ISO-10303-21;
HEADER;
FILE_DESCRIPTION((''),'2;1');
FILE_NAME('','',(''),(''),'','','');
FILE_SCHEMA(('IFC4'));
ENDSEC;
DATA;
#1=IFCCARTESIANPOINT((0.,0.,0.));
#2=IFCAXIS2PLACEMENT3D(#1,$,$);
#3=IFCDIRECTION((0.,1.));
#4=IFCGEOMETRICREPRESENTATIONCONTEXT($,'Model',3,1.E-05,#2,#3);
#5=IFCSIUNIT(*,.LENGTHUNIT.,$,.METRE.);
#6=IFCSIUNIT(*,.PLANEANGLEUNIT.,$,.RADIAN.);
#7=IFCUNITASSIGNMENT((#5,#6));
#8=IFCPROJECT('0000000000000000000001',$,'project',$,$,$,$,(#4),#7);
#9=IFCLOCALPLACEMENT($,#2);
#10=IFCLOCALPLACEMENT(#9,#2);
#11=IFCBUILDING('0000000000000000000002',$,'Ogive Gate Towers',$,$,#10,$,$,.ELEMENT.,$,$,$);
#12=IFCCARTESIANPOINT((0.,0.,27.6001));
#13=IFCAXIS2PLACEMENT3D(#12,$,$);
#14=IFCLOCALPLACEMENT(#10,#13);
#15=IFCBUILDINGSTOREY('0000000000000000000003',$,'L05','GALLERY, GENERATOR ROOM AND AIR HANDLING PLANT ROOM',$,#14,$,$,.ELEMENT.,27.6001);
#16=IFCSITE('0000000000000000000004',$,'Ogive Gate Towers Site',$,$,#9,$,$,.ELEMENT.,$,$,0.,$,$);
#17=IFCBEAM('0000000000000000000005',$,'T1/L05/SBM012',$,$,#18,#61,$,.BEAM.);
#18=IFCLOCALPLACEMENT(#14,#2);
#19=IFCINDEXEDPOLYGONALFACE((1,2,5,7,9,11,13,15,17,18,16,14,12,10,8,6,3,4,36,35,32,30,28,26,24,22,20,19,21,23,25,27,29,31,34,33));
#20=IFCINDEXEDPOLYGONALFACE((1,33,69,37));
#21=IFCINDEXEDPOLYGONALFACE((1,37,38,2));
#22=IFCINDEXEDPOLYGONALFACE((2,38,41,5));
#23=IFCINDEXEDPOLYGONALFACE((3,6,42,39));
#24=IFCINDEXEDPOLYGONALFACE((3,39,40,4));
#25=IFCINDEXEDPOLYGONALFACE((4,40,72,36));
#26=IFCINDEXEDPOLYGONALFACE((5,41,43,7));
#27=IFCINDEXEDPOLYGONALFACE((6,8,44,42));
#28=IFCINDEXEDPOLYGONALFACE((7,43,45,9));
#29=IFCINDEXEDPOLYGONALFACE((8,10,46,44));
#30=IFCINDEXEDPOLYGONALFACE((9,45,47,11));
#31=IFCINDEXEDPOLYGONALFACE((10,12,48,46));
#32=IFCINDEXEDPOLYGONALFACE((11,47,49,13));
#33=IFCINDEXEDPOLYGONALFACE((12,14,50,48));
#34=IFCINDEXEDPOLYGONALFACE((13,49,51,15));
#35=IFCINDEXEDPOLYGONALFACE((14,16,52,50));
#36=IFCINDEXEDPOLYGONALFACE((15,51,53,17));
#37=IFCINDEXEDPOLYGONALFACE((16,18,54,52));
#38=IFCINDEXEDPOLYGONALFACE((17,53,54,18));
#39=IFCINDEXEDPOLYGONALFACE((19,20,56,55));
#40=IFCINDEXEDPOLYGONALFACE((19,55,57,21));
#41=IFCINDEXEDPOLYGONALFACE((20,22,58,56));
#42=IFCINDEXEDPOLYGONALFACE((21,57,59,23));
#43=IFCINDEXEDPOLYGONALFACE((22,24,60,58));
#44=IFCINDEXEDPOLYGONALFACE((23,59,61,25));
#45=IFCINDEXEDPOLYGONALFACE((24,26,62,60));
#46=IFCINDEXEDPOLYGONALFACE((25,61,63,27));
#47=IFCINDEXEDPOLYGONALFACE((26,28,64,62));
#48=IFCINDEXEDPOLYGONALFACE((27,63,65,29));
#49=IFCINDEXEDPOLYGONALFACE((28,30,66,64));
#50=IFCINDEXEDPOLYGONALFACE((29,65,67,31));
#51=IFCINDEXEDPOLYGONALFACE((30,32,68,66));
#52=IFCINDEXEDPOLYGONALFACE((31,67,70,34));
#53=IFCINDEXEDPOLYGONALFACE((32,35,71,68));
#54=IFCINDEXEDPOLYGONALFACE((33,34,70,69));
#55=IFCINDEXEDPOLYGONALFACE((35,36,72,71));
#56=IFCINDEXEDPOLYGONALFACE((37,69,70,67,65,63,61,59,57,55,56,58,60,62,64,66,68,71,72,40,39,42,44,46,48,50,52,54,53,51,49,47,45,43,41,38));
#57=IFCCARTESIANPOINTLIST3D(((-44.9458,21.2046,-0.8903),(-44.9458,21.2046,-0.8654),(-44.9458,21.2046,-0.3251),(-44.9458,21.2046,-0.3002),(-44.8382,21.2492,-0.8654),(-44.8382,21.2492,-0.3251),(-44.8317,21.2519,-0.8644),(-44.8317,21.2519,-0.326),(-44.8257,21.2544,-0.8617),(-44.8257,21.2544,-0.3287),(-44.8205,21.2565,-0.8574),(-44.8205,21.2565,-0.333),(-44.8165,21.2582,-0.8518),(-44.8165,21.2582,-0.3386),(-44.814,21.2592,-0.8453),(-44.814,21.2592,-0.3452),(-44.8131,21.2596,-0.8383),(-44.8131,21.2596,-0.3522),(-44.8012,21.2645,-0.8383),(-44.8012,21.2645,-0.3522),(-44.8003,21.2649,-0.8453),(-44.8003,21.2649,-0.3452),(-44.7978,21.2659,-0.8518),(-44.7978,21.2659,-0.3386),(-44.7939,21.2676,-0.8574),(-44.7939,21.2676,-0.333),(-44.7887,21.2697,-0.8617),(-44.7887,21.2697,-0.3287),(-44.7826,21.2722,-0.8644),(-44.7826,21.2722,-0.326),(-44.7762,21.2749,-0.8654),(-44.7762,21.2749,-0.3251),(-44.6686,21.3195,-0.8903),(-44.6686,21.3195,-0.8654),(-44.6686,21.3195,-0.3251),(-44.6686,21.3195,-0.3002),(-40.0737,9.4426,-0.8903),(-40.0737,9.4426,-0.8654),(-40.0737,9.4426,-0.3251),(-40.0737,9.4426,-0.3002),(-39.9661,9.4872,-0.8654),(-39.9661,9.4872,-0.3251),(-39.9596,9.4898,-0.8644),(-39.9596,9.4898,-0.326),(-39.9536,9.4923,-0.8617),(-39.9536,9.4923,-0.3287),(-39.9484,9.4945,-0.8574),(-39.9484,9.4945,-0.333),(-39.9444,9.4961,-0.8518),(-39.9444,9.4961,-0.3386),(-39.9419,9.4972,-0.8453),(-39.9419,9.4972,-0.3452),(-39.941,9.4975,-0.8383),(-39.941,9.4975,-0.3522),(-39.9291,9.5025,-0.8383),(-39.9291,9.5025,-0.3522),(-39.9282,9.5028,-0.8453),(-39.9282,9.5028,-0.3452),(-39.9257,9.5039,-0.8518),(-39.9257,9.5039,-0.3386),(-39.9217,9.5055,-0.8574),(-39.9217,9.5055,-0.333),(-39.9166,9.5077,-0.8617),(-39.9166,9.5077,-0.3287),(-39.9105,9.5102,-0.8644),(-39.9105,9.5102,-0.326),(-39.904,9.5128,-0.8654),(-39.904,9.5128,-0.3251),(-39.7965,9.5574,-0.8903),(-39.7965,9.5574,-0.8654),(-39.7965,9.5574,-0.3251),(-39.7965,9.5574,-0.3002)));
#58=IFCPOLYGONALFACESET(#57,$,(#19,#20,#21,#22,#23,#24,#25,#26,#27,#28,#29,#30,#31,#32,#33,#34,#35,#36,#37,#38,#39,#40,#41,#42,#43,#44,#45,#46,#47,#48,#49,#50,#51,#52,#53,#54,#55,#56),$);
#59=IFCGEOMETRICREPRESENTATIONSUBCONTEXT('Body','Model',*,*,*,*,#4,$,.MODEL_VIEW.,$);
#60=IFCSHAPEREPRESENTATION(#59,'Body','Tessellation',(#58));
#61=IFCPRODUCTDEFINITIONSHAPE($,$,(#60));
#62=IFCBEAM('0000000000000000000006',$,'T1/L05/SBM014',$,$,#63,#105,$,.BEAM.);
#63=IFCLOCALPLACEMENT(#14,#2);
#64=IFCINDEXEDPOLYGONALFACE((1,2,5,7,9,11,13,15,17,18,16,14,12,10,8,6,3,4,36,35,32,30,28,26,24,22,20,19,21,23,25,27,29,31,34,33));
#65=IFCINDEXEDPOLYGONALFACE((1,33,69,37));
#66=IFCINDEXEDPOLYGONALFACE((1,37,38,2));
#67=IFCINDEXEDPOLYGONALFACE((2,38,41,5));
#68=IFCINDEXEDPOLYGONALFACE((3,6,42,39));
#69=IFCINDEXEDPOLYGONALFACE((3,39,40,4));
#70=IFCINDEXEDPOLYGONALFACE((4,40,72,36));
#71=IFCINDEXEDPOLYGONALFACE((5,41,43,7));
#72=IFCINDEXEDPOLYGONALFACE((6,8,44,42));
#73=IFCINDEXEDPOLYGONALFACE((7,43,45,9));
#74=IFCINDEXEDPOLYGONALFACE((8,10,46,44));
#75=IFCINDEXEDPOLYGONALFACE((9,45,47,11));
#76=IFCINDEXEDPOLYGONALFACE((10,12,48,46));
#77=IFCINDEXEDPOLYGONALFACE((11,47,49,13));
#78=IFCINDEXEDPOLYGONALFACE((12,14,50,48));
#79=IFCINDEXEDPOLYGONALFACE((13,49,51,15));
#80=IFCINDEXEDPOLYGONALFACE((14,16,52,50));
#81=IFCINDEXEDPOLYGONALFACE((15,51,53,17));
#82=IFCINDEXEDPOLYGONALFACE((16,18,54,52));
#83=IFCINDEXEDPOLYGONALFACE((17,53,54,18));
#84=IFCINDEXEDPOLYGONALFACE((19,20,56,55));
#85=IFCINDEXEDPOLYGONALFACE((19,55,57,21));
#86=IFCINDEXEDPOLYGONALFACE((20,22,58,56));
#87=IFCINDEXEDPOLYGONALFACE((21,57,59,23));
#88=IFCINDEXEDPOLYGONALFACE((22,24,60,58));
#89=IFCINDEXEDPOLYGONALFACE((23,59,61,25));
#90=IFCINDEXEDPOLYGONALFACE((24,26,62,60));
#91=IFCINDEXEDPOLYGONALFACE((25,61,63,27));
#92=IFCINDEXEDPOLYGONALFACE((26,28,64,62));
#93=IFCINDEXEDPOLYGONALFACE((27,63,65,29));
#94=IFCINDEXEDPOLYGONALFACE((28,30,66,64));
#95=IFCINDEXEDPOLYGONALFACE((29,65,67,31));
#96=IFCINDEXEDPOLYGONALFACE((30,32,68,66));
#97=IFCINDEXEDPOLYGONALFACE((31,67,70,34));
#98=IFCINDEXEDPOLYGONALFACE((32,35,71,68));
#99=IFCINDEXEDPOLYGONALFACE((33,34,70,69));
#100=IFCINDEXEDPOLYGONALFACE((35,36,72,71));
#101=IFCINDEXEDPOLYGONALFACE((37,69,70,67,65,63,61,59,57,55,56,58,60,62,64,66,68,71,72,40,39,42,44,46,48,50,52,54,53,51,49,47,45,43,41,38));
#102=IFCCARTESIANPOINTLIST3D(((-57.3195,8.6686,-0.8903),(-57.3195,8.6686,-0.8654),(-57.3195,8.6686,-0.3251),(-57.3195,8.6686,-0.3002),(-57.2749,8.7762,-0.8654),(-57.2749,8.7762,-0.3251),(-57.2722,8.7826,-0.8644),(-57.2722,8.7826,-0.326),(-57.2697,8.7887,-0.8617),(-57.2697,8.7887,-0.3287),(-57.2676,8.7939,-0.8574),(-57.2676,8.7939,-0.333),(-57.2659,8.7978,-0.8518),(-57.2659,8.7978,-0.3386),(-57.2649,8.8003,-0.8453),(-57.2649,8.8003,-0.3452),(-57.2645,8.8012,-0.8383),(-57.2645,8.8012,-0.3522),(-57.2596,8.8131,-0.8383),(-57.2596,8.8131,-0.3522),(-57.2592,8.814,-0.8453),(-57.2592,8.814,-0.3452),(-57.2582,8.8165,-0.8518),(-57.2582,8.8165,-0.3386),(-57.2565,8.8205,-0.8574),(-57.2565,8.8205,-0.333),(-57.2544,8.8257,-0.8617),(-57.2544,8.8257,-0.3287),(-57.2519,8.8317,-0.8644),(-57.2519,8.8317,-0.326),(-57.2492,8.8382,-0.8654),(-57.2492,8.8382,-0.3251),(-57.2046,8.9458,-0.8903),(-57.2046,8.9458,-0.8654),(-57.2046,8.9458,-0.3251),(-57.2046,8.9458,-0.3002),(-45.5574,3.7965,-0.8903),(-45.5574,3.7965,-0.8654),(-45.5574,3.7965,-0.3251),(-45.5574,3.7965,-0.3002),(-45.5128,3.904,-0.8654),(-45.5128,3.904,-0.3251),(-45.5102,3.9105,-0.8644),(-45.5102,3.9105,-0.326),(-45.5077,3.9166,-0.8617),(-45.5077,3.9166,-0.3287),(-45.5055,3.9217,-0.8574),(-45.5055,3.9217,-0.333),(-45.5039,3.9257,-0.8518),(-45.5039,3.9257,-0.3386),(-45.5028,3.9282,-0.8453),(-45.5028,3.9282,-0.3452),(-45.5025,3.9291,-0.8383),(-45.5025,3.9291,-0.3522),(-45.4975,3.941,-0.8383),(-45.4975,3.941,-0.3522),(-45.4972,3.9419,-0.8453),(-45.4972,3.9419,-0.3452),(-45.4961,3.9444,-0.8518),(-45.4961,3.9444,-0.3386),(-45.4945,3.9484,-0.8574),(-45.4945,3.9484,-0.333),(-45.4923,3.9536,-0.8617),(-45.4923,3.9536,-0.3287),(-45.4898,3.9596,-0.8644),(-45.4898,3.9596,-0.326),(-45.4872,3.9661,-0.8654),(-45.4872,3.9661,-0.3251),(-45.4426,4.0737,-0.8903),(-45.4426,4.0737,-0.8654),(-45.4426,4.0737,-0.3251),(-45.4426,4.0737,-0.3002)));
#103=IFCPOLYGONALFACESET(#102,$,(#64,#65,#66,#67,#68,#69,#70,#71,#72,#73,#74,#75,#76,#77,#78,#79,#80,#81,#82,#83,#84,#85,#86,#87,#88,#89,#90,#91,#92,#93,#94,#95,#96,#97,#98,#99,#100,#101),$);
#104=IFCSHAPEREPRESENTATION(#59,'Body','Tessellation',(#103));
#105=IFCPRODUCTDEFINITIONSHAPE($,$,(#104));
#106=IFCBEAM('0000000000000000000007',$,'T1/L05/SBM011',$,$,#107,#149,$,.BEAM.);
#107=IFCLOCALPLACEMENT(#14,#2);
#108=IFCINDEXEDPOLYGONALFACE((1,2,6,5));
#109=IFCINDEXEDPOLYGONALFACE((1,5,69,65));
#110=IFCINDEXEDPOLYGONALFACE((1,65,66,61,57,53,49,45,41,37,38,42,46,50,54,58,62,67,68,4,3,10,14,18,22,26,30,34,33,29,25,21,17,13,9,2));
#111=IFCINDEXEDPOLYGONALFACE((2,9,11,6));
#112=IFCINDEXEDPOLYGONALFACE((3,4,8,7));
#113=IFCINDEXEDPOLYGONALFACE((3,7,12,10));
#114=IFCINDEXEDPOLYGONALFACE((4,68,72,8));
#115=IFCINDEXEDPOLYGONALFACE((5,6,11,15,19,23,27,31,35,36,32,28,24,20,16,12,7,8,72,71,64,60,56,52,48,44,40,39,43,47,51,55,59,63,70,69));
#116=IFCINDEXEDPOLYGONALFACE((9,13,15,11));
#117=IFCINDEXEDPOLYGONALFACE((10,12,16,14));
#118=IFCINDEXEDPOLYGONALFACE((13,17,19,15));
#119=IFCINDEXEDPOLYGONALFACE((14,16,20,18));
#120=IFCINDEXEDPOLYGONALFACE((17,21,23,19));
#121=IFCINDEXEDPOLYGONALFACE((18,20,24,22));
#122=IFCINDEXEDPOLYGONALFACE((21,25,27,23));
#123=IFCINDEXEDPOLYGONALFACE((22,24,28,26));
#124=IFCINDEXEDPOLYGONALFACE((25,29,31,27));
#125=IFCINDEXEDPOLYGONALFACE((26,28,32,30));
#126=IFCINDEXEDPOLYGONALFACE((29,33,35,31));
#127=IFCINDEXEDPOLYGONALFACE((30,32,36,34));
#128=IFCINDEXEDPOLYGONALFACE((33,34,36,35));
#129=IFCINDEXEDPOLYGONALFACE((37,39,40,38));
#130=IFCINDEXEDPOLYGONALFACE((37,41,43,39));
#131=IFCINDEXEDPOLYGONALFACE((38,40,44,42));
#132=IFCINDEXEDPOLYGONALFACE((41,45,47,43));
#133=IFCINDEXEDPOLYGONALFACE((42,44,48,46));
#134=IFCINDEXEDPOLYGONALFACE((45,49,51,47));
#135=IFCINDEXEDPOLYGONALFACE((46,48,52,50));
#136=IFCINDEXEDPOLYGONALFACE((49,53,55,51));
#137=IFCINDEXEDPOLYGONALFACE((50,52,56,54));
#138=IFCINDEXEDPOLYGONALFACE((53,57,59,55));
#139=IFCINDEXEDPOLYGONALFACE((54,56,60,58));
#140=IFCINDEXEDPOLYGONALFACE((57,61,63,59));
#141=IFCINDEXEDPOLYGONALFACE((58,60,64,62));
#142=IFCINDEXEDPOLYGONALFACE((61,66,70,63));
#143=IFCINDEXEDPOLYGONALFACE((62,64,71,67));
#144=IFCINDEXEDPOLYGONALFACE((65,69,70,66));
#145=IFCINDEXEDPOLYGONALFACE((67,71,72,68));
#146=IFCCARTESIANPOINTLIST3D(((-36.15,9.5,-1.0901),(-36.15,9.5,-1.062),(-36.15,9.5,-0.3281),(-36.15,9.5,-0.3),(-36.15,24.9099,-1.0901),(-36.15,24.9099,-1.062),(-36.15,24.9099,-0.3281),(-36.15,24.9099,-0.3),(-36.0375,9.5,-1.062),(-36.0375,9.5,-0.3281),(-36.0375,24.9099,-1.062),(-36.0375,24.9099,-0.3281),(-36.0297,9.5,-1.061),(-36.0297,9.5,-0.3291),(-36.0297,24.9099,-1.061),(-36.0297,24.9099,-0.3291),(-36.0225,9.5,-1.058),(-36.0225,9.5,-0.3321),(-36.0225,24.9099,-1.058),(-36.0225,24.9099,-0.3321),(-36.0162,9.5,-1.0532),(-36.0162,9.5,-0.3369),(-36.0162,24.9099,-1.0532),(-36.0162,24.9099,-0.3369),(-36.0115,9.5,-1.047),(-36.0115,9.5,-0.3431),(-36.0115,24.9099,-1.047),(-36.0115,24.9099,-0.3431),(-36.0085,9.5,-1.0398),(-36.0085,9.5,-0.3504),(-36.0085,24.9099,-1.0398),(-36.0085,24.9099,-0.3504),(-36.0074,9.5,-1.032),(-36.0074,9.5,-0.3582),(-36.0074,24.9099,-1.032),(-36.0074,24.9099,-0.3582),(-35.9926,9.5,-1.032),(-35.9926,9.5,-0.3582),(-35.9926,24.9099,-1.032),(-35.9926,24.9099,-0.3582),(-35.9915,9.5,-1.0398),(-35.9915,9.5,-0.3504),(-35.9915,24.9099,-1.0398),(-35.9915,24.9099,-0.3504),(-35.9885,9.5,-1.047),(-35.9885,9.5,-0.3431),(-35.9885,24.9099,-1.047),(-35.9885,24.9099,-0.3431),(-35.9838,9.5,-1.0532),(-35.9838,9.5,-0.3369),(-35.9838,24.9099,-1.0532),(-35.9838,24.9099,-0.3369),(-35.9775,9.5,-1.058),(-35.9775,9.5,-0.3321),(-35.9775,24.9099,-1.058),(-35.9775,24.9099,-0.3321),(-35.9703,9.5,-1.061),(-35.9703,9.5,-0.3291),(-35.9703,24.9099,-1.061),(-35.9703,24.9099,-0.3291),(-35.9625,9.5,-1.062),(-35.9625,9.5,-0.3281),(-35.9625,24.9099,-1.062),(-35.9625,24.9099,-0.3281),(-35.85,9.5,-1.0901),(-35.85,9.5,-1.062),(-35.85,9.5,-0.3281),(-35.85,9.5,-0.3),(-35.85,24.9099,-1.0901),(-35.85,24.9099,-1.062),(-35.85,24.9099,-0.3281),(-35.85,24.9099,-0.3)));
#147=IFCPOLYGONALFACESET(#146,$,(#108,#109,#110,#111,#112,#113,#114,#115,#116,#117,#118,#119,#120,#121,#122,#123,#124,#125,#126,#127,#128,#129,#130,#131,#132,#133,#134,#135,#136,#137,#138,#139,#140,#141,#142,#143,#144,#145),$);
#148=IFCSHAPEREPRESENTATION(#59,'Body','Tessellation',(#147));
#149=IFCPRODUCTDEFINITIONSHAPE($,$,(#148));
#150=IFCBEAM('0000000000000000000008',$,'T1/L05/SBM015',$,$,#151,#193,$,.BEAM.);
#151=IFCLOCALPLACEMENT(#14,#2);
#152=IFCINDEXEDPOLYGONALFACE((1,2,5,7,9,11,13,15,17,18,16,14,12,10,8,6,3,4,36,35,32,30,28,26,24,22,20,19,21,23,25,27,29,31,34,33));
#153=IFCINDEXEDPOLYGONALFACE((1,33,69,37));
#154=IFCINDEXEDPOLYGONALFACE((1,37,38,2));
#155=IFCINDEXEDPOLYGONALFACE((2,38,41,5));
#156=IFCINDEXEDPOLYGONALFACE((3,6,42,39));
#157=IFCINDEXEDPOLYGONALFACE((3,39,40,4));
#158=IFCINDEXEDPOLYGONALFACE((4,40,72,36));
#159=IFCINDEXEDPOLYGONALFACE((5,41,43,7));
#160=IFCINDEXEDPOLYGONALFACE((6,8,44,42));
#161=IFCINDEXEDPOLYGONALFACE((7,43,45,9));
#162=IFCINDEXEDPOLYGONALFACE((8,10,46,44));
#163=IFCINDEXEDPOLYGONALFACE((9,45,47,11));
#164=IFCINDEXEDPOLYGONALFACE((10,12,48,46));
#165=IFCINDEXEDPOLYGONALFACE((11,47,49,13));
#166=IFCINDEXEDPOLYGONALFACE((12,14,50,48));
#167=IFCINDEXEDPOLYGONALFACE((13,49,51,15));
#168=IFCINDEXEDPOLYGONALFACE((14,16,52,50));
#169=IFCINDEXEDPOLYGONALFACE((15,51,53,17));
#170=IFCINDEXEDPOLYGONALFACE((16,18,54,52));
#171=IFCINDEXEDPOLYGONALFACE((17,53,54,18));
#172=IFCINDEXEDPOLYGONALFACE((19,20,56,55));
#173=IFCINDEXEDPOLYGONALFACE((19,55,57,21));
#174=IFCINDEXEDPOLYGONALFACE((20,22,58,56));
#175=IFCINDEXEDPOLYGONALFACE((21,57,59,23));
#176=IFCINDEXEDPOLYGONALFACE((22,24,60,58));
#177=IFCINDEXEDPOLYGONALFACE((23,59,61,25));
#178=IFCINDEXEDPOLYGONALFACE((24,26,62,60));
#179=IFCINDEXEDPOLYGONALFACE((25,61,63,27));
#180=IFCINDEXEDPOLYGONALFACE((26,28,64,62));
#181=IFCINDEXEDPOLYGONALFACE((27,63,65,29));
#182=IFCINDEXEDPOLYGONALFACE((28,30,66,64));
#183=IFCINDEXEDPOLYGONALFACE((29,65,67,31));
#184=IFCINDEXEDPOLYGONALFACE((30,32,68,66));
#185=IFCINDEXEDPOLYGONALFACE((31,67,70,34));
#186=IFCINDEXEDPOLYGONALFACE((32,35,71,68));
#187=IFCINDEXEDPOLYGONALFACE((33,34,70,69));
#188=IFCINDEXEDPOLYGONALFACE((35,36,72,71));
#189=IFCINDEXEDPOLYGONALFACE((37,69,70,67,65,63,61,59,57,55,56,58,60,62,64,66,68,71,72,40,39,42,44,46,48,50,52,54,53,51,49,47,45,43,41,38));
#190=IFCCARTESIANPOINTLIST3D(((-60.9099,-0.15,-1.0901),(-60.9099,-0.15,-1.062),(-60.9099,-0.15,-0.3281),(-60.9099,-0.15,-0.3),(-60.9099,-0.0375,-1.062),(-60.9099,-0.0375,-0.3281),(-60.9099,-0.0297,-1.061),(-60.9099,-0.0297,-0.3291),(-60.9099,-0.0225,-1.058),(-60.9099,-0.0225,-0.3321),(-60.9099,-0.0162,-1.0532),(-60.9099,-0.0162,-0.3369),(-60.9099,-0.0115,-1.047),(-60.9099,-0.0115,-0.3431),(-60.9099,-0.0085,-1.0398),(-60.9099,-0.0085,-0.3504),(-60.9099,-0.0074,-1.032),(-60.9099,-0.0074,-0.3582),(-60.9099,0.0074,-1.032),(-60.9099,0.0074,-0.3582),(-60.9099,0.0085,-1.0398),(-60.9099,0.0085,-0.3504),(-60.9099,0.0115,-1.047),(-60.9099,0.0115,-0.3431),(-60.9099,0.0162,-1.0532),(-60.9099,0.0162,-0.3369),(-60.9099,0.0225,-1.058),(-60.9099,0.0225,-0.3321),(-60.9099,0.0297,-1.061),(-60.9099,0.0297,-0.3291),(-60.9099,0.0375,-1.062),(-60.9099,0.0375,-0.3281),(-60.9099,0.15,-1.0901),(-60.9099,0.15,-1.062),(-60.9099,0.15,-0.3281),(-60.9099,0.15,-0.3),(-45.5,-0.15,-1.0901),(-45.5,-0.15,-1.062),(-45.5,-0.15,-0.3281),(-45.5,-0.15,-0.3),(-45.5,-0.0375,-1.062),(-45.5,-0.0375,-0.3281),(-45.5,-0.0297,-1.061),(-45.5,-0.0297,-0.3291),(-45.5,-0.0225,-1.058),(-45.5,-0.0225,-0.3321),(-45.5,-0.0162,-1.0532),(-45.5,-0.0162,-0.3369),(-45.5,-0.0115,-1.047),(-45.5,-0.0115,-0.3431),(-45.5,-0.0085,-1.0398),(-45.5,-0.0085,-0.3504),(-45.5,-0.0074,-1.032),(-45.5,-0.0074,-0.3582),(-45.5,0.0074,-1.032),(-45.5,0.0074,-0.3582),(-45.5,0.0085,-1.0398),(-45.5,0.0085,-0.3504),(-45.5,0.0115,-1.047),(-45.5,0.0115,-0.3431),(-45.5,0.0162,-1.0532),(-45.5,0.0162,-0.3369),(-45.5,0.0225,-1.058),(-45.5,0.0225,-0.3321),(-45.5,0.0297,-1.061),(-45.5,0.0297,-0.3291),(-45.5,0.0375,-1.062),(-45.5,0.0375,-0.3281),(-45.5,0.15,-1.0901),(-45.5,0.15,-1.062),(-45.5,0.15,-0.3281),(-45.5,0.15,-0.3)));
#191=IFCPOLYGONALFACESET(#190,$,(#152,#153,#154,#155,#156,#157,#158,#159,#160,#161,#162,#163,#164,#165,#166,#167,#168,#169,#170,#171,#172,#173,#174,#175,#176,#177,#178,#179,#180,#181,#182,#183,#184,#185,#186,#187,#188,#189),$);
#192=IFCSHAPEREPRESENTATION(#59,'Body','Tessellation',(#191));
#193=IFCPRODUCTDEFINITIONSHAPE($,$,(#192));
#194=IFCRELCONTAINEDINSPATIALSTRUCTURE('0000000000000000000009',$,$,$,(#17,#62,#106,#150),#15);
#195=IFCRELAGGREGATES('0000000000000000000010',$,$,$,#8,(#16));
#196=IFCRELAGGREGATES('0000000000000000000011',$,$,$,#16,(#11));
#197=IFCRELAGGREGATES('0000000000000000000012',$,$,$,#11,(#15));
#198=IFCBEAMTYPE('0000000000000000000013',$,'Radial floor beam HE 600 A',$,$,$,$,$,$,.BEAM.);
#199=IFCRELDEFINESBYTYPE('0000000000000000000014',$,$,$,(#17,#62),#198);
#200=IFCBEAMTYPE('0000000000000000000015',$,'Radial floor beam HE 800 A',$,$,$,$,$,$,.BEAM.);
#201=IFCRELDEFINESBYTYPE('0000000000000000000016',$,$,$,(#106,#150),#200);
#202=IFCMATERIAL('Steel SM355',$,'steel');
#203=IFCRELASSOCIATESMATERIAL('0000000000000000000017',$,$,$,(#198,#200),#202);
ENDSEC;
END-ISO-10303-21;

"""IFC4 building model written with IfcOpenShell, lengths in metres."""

from ifc_helpers import new_model, si_unit, direction, frame, origin, origin_2d, place, context, subcontext, project, spatial, i_section, extrude, material, material_profile, profile_set, type_object, element, save


model = new_model("IFC4")

# Units and contexts
model_context = context("Model", 3, precision=1e-05, world=origin(), true_north=direction((0.0, 1.0)))
body_context = subcontext(model_context, "Body", "Model", "MODEL_VIEW")
ifc_project = project(units=[si_unit("LENGTHUNIT", "METRE"), si_unit("PLANEANGLEUNIT", "RADIAN")], contexts=[model_context])

# Site, building, storey
site_placement = place(None, origin())
site = spatial("IfcSite", under=ifc_project, at=site_placement, Name="Ogive Gate Towers Site", CompositionType="ELEMENT", RefElevation=0.0)
building_placement = place(site_placement, origin())
building = spatial("IfcBuilding", under=site, at=building_placement, Name="Ogive Gate Towers", CompositionType="ELEMENT")
storey_placement = place(building_placement, frame((0.0, 0.0, 27.6001)))
storey = spatial("IfcBuildingStorey", under=building, at=storey_placement, Name="L05", Description="GALLERY, GENERATOR ROOM AND AIR HANDLING PLANT ROOM", CompositionType="ELEMENT", Elevation=27.6001)

# Beams
ifc_material_1 = material(Name="Steel SM355", Category="steel")
ifc_material_profile_1 = material_profile(ifc_material_1, i_section(OverallWidth=0.3, OverallDepth=0.5901, WebThickness=0.0129, FlangeThickness=0.0249, FilletRadius=0.0271, at=origin_2d()), Name="HE 600 A")
ifc_profile_set_1 = profile_set([ifc_material_profile_1], Name="Steel SM355")
beam_type_1 = type_object("IfcBeamType", Name="Radial floor beam HE 600 A", PredefinedType="BEAM", material=ifc_profile_set_1)
for number, where, z_axis, x_axis, name in (
    (1, (-39.9351, 9.5, -0.5952), (-0.382691, 0.923877, 0.0), (-0.923877, -0.382691, 0.0), "T1/L05/SBM012"),
    (2, (-45.5, 3.9351, -0.5952), (-0.923877, 0.382691, 0.0), (-0.382691, -0.923877, 0.0), "T1/L05/SBM014"),
):
    element("IfcBeam", number, at=place(storey_placement, frame(where, z_axis=z_axis, x_axis=x_axis)), inside=storey, type_object=beam_type_1, Name=name, PredefinedType="BEAM", context=body_context, shape_type="SweptSolid", body=[
        extrude(i_section(OverallWidth=0.3, OverallDepth=0.5901, WebThickness=0.0129, FlangeThickness=0.0249, FilletRadius=0.0271, at=origin_2d()), origin(), (0.0, 0.0, 1.0), 12.7312),
    ])
ifc_material_profile_2 = material_profile(ifc_material_1, i_section(OverallWidth=0.3, OverallDepth=0.79, WebThickness=0.0149, FlangeThickness=0.0281, FilletRadius=0.03, at=origin_2d()), Name="HE 800 A")
ifc_profile_set_2 = profile_set([ifc_material_profile_2], Name="Steel SM355")
beam_type_2 = type_object("IfcBeamType", Name="Radial floor beam HE 800 A", PredefinedType="BEAM", material=ifc_profile_set_2)
for number, where, z_axis, x_axis, name in (
    (3, (-36.0, 9.5, -0.6951), (0.0, 1.0, 0.0), (-1.0, 0.0, 0.0), "T1/L05/SBM011"),
    (4, (-45.5, 0.0, -0.6951), (-1.0, 0.0, 0.0), (0.0, -1.0, 0.0), "T1/L05/SBM015"),
):
    element("IfcBeam", number, at=place(storey_placement, frame(where, z_axis=z_axis, x_axis=x_axis)), inside=storey, type_object=beam_type_2, Name=name, PredefinedType="BEAM", context=body_context, shape_type="SweptSolid", body=[
        extrude(i_section(OverallWidth=0.3, OverallDepth=0.79, WebThickness=0.0149, FlangeThickness=0.0281, FilletRadius=0.03, at=origin_2d()), origin(), (0.0, 0.0, 1.0), 15.4099),
    ])

save(model, "model.ifc")
